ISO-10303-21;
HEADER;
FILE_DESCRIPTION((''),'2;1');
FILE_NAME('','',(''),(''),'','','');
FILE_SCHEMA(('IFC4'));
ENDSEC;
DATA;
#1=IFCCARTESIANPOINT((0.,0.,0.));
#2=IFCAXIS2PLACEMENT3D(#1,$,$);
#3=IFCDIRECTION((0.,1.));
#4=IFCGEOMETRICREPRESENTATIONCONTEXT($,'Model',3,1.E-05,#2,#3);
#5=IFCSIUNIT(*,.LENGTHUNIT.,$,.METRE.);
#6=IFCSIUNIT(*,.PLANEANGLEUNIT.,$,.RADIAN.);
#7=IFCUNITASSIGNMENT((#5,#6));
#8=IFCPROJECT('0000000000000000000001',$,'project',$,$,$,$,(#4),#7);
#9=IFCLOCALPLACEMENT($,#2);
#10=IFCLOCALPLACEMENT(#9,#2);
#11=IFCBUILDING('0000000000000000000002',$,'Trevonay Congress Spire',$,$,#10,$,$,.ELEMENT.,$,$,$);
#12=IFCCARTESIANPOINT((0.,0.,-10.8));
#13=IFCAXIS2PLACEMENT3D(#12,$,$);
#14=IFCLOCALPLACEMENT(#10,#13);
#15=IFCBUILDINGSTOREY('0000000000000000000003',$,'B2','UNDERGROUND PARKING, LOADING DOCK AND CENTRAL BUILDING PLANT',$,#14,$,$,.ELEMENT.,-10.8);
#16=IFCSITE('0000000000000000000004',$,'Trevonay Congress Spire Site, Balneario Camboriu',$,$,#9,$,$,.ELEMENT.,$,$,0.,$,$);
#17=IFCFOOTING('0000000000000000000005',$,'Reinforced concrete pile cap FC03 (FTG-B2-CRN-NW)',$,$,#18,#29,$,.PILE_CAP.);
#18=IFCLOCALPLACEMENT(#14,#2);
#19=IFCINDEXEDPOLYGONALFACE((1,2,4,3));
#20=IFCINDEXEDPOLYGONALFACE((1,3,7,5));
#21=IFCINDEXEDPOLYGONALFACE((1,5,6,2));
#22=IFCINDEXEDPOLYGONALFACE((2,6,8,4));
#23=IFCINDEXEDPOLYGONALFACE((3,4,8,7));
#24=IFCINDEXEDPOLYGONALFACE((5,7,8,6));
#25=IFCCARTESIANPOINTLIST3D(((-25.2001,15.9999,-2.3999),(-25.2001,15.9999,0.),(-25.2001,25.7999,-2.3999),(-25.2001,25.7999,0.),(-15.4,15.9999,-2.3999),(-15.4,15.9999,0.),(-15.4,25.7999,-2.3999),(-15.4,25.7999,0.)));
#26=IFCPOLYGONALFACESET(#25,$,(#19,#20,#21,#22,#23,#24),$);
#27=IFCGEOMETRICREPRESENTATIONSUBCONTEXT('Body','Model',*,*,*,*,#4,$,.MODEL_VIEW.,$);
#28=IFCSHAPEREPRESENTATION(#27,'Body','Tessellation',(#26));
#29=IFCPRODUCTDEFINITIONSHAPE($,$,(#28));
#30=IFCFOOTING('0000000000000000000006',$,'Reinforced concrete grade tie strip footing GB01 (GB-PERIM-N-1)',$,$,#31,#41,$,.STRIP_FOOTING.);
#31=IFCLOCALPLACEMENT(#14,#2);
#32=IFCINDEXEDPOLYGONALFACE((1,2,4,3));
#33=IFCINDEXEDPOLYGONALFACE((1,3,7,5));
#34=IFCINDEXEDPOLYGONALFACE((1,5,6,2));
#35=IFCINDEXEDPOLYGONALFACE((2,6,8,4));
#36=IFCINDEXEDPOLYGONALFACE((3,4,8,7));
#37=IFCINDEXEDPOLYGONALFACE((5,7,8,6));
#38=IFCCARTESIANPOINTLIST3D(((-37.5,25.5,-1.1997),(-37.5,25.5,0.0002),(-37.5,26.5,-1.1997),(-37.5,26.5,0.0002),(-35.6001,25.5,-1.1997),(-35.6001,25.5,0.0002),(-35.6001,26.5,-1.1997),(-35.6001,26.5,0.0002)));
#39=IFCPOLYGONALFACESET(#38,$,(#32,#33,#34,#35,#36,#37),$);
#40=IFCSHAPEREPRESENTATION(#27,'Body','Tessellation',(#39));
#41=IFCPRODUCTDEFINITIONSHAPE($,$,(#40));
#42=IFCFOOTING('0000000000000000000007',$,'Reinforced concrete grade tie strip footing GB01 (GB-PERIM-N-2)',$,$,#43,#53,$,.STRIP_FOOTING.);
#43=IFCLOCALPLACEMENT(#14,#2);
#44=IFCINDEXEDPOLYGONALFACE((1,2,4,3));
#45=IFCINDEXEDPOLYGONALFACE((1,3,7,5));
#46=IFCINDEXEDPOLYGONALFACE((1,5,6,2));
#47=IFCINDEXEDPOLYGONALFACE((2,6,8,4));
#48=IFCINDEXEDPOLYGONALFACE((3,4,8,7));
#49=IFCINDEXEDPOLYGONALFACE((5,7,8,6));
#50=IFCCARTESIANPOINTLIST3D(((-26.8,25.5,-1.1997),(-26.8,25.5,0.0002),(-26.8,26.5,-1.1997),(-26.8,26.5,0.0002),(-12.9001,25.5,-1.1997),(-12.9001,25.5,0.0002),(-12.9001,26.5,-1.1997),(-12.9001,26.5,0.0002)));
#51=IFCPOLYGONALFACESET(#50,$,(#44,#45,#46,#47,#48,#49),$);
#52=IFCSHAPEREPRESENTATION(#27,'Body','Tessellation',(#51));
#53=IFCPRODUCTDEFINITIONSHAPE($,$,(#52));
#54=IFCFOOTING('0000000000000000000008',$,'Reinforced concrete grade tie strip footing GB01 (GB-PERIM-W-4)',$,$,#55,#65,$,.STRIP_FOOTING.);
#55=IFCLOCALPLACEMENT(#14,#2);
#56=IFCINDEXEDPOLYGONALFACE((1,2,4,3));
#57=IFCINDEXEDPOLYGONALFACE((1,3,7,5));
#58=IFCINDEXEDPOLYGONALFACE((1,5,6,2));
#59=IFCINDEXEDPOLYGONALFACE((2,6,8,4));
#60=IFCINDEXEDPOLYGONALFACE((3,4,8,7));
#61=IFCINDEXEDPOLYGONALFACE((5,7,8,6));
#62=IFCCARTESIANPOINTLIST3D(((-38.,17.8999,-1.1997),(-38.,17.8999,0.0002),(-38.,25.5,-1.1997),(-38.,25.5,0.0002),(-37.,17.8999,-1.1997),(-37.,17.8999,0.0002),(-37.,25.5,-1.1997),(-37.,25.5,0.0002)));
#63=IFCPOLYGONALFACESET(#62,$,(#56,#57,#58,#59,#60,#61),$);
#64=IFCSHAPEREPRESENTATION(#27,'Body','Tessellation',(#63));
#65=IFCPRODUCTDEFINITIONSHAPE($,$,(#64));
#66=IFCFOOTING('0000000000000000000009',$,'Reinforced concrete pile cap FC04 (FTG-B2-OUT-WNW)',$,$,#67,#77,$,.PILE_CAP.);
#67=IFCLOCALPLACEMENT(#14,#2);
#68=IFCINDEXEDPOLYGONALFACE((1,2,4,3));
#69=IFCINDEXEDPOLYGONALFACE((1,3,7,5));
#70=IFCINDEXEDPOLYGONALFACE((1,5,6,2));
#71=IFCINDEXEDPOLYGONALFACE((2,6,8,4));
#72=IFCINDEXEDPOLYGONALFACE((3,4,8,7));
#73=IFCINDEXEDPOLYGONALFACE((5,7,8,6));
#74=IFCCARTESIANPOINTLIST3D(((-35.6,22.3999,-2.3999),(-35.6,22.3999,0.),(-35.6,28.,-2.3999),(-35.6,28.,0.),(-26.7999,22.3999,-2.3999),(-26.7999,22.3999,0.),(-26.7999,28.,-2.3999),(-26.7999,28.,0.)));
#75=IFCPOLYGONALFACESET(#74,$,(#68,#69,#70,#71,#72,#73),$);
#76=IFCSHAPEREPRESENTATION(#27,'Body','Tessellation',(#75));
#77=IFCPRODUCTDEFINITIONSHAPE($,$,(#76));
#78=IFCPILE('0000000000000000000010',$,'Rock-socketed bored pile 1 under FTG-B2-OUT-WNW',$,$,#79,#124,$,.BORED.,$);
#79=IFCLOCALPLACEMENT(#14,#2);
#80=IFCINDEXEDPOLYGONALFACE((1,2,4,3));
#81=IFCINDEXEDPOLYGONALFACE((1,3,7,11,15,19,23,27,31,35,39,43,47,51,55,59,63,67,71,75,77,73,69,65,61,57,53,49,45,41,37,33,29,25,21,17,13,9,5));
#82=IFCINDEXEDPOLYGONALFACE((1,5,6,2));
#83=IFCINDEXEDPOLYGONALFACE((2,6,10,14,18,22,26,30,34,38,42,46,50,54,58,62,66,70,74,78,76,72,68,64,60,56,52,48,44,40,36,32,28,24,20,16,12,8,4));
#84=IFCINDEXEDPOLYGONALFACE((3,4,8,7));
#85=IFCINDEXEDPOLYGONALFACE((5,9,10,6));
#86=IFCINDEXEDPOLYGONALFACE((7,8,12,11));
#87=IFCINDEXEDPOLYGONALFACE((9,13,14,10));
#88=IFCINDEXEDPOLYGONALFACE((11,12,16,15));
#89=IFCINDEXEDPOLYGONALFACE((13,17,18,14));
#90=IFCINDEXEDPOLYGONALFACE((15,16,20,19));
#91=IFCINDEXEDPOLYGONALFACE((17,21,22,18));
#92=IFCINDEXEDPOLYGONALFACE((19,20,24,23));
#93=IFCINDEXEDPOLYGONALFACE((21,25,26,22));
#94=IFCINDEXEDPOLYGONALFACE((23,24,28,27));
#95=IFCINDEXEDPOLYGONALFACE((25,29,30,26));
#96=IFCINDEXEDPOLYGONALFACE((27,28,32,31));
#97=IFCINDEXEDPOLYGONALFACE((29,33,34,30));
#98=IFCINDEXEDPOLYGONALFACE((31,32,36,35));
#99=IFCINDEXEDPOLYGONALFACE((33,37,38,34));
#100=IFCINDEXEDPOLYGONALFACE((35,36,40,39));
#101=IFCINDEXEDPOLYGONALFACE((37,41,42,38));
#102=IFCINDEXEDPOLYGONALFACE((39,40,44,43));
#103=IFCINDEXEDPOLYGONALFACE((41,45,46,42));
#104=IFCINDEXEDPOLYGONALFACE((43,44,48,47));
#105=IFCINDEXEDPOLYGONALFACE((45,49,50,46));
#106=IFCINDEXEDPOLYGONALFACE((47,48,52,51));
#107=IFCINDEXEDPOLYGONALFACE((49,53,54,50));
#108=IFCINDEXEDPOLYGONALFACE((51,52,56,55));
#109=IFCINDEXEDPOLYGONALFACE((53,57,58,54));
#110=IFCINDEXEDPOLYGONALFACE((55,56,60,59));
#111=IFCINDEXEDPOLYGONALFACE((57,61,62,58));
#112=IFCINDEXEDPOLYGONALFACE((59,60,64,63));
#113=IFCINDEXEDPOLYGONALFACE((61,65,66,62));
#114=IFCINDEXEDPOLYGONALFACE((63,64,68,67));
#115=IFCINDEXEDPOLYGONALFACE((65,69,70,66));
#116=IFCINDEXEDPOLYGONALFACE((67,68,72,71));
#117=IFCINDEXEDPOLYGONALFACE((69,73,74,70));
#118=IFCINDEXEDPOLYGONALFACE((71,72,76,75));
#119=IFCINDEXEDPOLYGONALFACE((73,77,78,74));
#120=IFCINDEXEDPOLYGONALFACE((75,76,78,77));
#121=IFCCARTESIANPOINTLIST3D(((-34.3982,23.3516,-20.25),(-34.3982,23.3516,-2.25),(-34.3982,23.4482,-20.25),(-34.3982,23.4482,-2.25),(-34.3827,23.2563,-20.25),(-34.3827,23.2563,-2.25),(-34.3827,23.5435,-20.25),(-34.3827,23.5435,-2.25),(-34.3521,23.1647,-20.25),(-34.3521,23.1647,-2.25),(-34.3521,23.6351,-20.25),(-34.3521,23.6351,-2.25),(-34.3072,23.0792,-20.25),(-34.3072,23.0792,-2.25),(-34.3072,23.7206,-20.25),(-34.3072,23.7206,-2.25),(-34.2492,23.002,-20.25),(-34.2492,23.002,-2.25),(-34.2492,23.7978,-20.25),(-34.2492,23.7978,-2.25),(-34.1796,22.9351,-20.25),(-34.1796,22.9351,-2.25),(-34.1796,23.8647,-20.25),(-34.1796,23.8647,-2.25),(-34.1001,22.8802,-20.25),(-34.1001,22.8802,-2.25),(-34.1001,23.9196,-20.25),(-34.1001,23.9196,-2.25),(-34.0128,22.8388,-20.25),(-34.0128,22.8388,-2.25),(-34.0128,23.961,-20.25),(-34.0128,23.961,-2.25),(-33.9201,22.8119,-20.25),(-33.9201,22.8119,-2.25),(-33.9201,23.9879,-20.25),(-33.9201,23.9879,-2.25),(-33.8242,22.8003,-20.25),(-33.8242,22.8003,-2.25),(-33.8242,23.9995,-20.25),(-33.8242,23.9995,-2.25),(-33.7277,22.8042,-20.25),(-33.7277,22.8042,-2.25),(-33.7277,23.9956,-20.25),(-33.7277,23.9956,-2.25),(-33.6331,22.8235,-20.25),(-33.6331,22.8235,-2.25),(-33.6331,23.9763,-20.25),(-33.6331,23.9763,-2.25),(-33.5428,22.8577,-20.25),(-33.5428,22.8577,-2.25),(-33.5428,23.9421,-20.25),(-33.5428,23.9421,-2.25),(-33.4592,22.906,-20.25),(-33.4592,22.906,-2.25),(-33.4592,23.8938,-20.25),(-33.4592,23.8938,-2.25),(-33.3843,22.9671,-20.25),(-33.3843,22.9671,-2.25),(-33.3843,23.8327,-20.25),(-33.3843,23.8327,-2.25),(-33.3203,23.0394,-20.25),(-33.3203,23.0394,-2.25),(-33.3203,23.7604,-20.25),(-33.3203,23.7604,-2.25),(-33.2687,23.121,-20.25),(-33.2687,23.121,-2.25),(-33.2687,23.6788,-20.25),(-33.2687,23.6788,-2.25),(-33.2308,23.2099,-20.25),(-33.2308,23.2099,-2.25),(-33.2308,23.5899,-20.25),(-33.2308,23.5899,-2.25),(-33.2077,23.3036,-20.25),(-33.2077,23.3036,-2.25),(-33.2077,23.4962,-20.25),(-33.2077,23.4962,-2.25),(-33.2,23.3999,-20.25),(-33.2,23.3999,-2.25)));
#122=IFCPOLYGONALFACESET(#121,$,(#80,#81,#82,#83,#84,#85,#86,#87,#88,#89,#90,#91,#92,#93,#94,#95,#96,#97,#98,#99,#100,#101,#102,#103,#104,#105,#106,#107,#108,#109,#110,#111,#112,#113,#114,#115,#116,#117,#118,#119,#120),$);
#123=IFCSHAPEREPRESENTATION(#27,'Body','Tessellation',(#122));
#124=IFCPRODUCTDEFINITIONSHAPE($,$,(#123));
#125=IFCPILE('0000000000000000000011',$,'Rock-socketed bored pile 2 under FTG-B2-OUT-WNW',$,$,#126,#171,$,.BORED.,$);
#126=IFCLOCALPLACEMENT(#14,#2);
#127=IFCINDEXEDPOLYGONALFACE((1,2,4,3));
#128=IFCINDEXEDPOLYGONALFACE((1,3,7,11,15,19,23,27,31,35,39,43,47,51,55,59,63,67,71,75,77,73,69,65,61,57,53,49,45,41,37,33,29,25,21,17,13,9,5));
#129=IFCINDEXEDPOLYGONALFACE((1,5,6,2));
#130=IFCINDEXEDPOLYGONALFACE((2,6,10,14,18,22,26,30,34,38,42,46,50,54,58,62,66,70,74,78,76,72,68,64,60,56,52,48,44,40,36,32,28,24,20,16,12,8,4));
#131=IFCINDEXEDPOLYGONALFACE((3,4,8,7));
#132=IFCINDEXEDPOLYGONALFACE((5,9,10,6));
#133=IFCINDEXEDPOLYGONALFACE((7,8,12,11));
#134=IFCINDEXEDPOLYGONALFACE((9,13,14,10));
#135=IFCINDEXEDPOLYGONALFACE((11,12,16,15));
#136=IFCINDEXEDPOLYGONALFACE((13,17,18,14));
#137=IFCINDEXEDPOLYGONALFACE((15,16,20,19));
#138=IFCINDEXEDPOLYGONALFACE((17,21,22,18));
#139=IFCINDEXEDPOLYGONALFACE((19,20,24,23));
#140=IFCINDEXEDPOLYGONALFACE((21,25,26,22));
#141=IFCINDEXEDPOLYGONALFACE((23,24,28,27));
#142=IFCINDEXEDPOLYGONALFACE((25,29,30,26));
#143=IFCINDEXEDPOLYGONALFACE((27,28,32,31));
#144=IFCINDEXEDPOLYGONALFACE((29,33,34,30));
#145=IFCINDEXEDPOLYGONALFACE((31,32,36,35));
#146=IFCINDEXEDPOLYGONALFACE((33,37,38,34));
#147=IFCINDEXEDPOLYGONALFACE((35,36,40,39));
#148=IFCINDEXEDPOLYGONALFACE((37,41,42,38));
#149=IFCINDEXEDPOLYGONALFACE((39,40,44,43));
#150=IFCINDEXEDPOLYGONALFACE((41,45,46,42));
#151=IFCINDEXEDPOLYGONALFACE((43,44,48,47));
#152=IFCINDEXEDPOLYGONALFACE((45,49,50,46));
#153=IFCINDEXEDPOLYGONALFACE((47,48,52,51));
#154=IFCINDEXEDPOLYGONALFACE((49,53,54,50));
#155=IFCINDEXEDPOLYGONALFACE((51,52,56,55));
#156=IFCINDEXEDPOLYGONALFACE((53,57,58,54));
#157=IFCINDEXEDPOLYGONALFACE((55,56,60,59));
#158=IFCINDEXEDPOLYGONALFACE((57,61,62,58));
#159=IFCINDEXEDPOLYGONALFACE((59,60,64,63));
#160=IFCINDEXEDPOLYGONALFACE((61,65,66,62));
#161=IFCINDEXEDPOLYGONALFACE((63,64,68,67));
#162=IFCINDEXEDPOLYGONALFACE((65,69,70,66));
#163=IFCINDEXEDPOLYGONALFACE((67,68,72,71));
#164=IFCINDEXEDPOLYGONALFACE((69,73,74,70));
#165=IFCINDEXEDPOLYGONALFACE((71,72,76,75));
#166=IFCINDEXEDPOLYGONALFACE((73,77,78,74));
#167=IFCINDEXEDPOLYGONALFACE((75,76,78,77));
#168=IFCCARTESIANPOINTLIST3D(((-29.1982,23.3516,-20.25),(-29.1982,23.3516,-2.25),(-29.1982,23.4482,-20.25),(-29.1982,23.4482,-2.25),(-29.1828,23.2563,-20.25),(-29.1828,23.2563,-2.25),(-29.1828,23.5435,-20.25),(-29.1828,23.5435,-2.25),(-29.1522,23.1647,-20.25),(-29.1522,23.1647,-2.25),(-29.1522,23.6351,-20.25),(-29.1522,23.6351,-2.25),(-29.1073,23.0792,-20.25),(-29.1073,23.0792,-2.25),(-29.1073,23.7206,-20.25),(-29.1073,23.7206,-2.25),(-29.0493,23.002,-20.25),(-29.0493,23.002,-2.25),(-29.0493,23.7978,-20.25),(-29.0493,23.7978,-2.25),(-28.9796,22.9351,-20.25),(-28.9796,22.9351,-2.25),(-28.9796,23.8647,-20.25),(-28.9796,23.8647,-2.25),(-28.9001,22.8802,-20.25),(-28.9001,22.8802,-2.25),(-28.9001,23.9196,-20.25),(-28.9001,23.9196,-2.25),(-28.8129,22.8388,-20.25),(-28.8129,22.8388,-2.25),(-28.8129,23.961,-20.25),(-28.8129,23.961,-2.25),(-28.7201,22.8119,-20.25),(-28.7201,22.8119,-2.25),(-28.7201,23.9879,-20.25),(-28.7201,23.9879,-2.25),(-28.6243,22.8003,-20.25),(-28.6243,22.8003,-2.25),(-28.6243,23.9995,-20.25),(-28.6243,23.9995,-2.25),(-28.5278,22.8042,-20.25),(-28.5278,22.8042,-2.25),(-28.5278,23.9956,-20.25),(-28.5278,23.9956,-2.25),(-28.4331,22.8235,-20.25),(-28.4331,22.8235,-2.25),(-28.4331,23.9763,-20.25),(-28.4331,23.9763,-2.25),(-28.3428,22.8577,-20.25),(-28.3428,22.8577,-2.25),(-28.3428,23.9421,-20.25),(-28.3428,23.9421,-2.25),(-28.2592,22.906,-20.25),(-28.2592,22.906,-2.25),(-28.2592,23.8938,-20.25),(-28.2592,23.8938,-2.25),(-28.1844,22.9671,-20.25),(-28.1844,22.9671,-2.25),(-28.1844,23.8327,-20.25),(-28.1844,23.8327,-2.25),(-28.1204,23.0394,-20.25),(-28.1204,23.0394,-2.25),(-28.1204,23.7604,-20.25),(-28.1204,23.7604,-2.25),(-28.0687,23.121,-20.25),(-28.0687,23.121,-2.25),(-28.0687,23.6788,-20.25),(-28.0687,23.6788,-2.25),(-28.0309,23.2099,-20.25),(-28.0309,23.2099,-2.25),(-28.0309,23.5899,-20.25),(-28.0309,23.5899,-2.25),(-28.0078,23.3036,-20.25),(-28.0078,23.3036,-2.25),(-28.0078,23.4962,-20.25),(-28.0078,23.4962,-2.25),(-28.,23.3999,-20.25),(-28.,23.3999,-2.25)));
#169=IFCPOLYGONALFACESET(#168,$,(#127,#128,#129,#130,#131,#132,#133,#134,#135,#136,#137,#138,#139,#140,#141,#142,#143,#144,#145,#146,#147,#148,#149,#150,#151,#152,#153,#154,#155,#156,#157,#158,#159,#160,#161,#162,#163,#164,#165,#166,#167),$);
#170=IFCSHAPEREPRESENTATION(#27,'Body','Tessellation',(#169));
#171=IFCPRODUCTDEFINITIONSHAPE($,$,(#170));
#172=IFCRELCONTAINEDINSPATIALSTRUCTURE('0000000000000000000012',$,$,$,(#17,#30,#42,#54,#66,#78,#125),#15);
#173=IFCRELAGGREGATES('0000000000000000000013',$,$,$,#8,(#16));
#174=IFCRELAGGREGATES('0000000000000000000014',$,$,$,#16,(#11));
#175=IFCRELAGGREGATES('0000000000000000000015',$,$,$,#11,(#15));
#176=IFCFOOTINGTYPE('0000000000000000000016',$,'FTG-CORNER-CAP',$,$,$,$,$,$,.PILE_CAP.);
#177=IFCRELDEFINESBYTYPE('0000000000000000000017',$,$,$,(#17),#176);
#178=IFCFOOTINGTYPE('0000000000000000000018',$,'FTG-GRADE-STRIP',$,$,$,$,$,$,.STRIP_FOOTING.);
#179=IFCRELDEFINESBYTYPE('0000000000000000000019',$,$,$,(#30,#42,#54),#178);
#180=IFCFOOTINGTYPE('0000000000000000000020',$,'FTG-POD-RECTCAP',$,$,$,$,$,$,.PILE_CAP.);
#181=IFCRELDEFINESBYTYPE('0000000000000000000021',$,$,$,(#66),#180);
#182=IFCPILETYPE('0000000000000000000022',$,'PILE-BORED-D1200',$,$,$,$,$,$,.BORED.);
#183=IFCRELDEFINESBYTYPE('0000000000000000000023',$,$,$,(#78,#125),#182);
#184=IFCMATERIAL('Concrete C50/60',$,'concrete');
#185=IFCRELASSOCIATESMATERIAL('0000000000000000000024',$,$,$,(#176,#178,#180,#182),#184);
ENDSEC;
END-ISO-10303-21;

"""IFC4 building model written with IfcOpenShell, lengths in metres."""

from ifc_helpers import new_model, si_unit, direction, frame, origin, origin_2d, place, context, subcontext, project, spatial, rectangle, circle, extrude, material, material_profile, profile_set, type_object, element, save


model = new_model("IFC4")

# Units and contexts
model_context = context("Model", 3, precision=1e-05, world=origin(), true_north=direction((0.0, 1.0)))
body_context = subcontext(model_context, "Body", "Model", "MODEL_VIEW")
ifc_project = project(units=[si_unit("LENGTHUNIT", "METRE"), si_unit("PLANEANGLEUNIT", "RADIAN")], contexts=[model_context])

# Site, building, storey
site_placement = place(None, origin())
site = spatial("IfcSite", under=ifc_project, at=site_placement, Name="Trevonay Congress Spire Site, Balneario Camboriu", CompositionType="ELEMENT", RefElevation=0.0)
building_placement = place(site_placement, origin())
building = spatial("IfcBuilding", under=site, at=building_placement, Name="Trevonay Congress Spire", CompositionType="ELEMENT")
storey_placement = place(building_placement, frame((0.0, 0.0, -10.8)))
storey = spatial("IfcBuildingStorey", under=building, at=storey_placement, Name="B2", Description="UNDERGROUND PARKING, LOADING DOCK AND CENTRAL BUILDING PLANT", CompositionType="ELEMENT", Elevation=-10.8)

# Footings
ifc_material_1 = material(Name="Concrete C50/60", Category="concrete")
footing_type_1 = type_object("IfcFootingType", Name="FTG-CORNER-CAP", PredefinedType="PILE_CAP", material=ifc_material_1)
footing_1_placement = place(storey_placement, frame((-20.3, 20.8999, -2.3999), z_axis=(0.0, 0.0, 1.0), x_axis=(1.0, 0.0, 0.0)))
element("IfcFooting", 1, at=footing_1_placement, inside=storey, type_object=footing_type_1, Name="Reinforced concrete pile cap FC03 (FTG-B2-CRN-NW)", PredefinedType="PILE_CAP", context=body_context, shape_type="SweptSolid", body=[
    extrude(rectangle(XDim=9.8, YDim=9.8, at=origin_2d()), origin(), (0.0, 0.0, 1.0), 2.3999),
])
footing_type_2 = type_object("IfcFootingType", Name="FTG-GRADE-STRIP", PredefinedType="STRIP_FOOTING", material=ifc_material_1)
footing_2_placement = place(storey_placement, frame((-36.55, 26.0, -1.1997), z_axis=(0.0, 0.0, 1.0), x_axis=(1.0, 0.0, 0.0)))
element("IfcFooting", 2, at=footing_2_placement, inside=storey, type_object=footing_type_2, Name="Reinforced concrete grade tie strip footing GB01 (GB-PERIM-N-1)", PredefinedType="STRIP_FOOTING", context=body_context, shape_type="SweptSolid", body=[
    extrude(rectangle(XDim=1.8999, YDim=1.0, at=origin_2d()), origin(), (0.0, 0.0, 1.0), 1.2),
])
footing_3_placement = place(storey_placement, frame((-19.8501, 26.0, -1.1997), z_axis=(0.0, 0.0, 1.0), x_axis=(1.0, 0.0, 0.0)))
element("IfcFooting", 3, at=footing_3_placement, inside=storey, type_object=footing_type_2, Name="Reinforced concrete grade tie strip footing GB01 (GB-PERIM-N-2)", PredefinedType="STRIP_FOOTING", context=body_context, shape_type="SweptSolid", body=[
    extrude(rectangle(XDim=13.8999, YDim=1.0, at=origin_2d()), origin(), (0.0, 0.0, 1.0), 1.2),
])
footing_4_placement = place(storey_placement, frame((-37.5, 21.7, -1.1997), z_axis=(0.0, 0.0, 1.0), x_axis=(0.0, 1.0, 0.0)))
element("IfcFooting", 4, at=footing_4_placement, inside=storey, type_object=footing_type_2, Name="Reinforced concrete grade tie strip footing GB01 (GB-PERIM-W-4)", PredefinedType="STRIP_FOOTING", context=body_context, shape_type="SweptSolid", body=[
    extrude(rectangle(XDim=7.6001, YDim=1.0, at=origin_2d()), origin(), (0.0, 0.0, 1.0), 1.2),
])
footing_type_3 = type_object("IfcFootingType", Name="FTG-POD-RECTCAP", PredefinedType="PILE_CAP", material=ifc_material_1)
footing_5_placement = place(storey_placement, frame((-31.2, 25.2, -2.3999), z_axis=(0.0, 0.0, 1.0), x_axis=(1.0, 0.0, 0.0)))
element("IfcFooting", 5, at=footing_5_placement, inside=storey, type_object=footing_type_3, Name="Reinforced concrete pile cap FC04 (FTG-B2-OUT-WNW)", PredefinedType="PILE_CAP", context=body_context, shape_type="SweptSolid", body=[
    extrude(rectangle(XDim=8.8, YDim=5.6001, at=origin_2d()), origin(), (0.0, 0.0, 1.0), 2.3999),
])

# Piles
ifc_material_profile_1 = material_profile(ifc_material_1, circle(Radius=0.6001, at=origin_2d()), Name="PILE D1200")
ifc_profile_set_1 = profile_set([ifc_material_profile_1], Name="Concrete C50/60")
pile_type_1 = type_object("IfcPileType", Name="PILE-BORED-D1200", PredefinedType="BORED", material=ifc_profile_set_1)
for number, where, z_axis, x_axis, name in (
    (6, (-33.8, 23.3999, -2.25), (0.0, 0.0, -1.0), (1.0, 0.0, 0.0), "Rock-socketed bored pile 1 under FTG-B2-OUT-WNW"),
    (7, (-28.6001, 23.3999, -2.25), (0.0, 0.0, -1.0), (1.0, 0.0, 0.0), "Rock-socketed bored pile 2 under FTG-B2-OUT-WNW"),
):
    element("IfcPile", number, at=place(storey_placement, frame(where, z_axis=z_axis, x_axis=x_axis)), inside=storey, type_object=pile_type_1, Name=name, PredefinedType="BORED", context=body_context, shape_type="SweptSolid", body=[
        extrude(circle(Radius=0.6001, at=origin_2d()), origin(), (0.0, 0.0, 1.0), 18.0),
    ])

save(model, "model.ifc")
